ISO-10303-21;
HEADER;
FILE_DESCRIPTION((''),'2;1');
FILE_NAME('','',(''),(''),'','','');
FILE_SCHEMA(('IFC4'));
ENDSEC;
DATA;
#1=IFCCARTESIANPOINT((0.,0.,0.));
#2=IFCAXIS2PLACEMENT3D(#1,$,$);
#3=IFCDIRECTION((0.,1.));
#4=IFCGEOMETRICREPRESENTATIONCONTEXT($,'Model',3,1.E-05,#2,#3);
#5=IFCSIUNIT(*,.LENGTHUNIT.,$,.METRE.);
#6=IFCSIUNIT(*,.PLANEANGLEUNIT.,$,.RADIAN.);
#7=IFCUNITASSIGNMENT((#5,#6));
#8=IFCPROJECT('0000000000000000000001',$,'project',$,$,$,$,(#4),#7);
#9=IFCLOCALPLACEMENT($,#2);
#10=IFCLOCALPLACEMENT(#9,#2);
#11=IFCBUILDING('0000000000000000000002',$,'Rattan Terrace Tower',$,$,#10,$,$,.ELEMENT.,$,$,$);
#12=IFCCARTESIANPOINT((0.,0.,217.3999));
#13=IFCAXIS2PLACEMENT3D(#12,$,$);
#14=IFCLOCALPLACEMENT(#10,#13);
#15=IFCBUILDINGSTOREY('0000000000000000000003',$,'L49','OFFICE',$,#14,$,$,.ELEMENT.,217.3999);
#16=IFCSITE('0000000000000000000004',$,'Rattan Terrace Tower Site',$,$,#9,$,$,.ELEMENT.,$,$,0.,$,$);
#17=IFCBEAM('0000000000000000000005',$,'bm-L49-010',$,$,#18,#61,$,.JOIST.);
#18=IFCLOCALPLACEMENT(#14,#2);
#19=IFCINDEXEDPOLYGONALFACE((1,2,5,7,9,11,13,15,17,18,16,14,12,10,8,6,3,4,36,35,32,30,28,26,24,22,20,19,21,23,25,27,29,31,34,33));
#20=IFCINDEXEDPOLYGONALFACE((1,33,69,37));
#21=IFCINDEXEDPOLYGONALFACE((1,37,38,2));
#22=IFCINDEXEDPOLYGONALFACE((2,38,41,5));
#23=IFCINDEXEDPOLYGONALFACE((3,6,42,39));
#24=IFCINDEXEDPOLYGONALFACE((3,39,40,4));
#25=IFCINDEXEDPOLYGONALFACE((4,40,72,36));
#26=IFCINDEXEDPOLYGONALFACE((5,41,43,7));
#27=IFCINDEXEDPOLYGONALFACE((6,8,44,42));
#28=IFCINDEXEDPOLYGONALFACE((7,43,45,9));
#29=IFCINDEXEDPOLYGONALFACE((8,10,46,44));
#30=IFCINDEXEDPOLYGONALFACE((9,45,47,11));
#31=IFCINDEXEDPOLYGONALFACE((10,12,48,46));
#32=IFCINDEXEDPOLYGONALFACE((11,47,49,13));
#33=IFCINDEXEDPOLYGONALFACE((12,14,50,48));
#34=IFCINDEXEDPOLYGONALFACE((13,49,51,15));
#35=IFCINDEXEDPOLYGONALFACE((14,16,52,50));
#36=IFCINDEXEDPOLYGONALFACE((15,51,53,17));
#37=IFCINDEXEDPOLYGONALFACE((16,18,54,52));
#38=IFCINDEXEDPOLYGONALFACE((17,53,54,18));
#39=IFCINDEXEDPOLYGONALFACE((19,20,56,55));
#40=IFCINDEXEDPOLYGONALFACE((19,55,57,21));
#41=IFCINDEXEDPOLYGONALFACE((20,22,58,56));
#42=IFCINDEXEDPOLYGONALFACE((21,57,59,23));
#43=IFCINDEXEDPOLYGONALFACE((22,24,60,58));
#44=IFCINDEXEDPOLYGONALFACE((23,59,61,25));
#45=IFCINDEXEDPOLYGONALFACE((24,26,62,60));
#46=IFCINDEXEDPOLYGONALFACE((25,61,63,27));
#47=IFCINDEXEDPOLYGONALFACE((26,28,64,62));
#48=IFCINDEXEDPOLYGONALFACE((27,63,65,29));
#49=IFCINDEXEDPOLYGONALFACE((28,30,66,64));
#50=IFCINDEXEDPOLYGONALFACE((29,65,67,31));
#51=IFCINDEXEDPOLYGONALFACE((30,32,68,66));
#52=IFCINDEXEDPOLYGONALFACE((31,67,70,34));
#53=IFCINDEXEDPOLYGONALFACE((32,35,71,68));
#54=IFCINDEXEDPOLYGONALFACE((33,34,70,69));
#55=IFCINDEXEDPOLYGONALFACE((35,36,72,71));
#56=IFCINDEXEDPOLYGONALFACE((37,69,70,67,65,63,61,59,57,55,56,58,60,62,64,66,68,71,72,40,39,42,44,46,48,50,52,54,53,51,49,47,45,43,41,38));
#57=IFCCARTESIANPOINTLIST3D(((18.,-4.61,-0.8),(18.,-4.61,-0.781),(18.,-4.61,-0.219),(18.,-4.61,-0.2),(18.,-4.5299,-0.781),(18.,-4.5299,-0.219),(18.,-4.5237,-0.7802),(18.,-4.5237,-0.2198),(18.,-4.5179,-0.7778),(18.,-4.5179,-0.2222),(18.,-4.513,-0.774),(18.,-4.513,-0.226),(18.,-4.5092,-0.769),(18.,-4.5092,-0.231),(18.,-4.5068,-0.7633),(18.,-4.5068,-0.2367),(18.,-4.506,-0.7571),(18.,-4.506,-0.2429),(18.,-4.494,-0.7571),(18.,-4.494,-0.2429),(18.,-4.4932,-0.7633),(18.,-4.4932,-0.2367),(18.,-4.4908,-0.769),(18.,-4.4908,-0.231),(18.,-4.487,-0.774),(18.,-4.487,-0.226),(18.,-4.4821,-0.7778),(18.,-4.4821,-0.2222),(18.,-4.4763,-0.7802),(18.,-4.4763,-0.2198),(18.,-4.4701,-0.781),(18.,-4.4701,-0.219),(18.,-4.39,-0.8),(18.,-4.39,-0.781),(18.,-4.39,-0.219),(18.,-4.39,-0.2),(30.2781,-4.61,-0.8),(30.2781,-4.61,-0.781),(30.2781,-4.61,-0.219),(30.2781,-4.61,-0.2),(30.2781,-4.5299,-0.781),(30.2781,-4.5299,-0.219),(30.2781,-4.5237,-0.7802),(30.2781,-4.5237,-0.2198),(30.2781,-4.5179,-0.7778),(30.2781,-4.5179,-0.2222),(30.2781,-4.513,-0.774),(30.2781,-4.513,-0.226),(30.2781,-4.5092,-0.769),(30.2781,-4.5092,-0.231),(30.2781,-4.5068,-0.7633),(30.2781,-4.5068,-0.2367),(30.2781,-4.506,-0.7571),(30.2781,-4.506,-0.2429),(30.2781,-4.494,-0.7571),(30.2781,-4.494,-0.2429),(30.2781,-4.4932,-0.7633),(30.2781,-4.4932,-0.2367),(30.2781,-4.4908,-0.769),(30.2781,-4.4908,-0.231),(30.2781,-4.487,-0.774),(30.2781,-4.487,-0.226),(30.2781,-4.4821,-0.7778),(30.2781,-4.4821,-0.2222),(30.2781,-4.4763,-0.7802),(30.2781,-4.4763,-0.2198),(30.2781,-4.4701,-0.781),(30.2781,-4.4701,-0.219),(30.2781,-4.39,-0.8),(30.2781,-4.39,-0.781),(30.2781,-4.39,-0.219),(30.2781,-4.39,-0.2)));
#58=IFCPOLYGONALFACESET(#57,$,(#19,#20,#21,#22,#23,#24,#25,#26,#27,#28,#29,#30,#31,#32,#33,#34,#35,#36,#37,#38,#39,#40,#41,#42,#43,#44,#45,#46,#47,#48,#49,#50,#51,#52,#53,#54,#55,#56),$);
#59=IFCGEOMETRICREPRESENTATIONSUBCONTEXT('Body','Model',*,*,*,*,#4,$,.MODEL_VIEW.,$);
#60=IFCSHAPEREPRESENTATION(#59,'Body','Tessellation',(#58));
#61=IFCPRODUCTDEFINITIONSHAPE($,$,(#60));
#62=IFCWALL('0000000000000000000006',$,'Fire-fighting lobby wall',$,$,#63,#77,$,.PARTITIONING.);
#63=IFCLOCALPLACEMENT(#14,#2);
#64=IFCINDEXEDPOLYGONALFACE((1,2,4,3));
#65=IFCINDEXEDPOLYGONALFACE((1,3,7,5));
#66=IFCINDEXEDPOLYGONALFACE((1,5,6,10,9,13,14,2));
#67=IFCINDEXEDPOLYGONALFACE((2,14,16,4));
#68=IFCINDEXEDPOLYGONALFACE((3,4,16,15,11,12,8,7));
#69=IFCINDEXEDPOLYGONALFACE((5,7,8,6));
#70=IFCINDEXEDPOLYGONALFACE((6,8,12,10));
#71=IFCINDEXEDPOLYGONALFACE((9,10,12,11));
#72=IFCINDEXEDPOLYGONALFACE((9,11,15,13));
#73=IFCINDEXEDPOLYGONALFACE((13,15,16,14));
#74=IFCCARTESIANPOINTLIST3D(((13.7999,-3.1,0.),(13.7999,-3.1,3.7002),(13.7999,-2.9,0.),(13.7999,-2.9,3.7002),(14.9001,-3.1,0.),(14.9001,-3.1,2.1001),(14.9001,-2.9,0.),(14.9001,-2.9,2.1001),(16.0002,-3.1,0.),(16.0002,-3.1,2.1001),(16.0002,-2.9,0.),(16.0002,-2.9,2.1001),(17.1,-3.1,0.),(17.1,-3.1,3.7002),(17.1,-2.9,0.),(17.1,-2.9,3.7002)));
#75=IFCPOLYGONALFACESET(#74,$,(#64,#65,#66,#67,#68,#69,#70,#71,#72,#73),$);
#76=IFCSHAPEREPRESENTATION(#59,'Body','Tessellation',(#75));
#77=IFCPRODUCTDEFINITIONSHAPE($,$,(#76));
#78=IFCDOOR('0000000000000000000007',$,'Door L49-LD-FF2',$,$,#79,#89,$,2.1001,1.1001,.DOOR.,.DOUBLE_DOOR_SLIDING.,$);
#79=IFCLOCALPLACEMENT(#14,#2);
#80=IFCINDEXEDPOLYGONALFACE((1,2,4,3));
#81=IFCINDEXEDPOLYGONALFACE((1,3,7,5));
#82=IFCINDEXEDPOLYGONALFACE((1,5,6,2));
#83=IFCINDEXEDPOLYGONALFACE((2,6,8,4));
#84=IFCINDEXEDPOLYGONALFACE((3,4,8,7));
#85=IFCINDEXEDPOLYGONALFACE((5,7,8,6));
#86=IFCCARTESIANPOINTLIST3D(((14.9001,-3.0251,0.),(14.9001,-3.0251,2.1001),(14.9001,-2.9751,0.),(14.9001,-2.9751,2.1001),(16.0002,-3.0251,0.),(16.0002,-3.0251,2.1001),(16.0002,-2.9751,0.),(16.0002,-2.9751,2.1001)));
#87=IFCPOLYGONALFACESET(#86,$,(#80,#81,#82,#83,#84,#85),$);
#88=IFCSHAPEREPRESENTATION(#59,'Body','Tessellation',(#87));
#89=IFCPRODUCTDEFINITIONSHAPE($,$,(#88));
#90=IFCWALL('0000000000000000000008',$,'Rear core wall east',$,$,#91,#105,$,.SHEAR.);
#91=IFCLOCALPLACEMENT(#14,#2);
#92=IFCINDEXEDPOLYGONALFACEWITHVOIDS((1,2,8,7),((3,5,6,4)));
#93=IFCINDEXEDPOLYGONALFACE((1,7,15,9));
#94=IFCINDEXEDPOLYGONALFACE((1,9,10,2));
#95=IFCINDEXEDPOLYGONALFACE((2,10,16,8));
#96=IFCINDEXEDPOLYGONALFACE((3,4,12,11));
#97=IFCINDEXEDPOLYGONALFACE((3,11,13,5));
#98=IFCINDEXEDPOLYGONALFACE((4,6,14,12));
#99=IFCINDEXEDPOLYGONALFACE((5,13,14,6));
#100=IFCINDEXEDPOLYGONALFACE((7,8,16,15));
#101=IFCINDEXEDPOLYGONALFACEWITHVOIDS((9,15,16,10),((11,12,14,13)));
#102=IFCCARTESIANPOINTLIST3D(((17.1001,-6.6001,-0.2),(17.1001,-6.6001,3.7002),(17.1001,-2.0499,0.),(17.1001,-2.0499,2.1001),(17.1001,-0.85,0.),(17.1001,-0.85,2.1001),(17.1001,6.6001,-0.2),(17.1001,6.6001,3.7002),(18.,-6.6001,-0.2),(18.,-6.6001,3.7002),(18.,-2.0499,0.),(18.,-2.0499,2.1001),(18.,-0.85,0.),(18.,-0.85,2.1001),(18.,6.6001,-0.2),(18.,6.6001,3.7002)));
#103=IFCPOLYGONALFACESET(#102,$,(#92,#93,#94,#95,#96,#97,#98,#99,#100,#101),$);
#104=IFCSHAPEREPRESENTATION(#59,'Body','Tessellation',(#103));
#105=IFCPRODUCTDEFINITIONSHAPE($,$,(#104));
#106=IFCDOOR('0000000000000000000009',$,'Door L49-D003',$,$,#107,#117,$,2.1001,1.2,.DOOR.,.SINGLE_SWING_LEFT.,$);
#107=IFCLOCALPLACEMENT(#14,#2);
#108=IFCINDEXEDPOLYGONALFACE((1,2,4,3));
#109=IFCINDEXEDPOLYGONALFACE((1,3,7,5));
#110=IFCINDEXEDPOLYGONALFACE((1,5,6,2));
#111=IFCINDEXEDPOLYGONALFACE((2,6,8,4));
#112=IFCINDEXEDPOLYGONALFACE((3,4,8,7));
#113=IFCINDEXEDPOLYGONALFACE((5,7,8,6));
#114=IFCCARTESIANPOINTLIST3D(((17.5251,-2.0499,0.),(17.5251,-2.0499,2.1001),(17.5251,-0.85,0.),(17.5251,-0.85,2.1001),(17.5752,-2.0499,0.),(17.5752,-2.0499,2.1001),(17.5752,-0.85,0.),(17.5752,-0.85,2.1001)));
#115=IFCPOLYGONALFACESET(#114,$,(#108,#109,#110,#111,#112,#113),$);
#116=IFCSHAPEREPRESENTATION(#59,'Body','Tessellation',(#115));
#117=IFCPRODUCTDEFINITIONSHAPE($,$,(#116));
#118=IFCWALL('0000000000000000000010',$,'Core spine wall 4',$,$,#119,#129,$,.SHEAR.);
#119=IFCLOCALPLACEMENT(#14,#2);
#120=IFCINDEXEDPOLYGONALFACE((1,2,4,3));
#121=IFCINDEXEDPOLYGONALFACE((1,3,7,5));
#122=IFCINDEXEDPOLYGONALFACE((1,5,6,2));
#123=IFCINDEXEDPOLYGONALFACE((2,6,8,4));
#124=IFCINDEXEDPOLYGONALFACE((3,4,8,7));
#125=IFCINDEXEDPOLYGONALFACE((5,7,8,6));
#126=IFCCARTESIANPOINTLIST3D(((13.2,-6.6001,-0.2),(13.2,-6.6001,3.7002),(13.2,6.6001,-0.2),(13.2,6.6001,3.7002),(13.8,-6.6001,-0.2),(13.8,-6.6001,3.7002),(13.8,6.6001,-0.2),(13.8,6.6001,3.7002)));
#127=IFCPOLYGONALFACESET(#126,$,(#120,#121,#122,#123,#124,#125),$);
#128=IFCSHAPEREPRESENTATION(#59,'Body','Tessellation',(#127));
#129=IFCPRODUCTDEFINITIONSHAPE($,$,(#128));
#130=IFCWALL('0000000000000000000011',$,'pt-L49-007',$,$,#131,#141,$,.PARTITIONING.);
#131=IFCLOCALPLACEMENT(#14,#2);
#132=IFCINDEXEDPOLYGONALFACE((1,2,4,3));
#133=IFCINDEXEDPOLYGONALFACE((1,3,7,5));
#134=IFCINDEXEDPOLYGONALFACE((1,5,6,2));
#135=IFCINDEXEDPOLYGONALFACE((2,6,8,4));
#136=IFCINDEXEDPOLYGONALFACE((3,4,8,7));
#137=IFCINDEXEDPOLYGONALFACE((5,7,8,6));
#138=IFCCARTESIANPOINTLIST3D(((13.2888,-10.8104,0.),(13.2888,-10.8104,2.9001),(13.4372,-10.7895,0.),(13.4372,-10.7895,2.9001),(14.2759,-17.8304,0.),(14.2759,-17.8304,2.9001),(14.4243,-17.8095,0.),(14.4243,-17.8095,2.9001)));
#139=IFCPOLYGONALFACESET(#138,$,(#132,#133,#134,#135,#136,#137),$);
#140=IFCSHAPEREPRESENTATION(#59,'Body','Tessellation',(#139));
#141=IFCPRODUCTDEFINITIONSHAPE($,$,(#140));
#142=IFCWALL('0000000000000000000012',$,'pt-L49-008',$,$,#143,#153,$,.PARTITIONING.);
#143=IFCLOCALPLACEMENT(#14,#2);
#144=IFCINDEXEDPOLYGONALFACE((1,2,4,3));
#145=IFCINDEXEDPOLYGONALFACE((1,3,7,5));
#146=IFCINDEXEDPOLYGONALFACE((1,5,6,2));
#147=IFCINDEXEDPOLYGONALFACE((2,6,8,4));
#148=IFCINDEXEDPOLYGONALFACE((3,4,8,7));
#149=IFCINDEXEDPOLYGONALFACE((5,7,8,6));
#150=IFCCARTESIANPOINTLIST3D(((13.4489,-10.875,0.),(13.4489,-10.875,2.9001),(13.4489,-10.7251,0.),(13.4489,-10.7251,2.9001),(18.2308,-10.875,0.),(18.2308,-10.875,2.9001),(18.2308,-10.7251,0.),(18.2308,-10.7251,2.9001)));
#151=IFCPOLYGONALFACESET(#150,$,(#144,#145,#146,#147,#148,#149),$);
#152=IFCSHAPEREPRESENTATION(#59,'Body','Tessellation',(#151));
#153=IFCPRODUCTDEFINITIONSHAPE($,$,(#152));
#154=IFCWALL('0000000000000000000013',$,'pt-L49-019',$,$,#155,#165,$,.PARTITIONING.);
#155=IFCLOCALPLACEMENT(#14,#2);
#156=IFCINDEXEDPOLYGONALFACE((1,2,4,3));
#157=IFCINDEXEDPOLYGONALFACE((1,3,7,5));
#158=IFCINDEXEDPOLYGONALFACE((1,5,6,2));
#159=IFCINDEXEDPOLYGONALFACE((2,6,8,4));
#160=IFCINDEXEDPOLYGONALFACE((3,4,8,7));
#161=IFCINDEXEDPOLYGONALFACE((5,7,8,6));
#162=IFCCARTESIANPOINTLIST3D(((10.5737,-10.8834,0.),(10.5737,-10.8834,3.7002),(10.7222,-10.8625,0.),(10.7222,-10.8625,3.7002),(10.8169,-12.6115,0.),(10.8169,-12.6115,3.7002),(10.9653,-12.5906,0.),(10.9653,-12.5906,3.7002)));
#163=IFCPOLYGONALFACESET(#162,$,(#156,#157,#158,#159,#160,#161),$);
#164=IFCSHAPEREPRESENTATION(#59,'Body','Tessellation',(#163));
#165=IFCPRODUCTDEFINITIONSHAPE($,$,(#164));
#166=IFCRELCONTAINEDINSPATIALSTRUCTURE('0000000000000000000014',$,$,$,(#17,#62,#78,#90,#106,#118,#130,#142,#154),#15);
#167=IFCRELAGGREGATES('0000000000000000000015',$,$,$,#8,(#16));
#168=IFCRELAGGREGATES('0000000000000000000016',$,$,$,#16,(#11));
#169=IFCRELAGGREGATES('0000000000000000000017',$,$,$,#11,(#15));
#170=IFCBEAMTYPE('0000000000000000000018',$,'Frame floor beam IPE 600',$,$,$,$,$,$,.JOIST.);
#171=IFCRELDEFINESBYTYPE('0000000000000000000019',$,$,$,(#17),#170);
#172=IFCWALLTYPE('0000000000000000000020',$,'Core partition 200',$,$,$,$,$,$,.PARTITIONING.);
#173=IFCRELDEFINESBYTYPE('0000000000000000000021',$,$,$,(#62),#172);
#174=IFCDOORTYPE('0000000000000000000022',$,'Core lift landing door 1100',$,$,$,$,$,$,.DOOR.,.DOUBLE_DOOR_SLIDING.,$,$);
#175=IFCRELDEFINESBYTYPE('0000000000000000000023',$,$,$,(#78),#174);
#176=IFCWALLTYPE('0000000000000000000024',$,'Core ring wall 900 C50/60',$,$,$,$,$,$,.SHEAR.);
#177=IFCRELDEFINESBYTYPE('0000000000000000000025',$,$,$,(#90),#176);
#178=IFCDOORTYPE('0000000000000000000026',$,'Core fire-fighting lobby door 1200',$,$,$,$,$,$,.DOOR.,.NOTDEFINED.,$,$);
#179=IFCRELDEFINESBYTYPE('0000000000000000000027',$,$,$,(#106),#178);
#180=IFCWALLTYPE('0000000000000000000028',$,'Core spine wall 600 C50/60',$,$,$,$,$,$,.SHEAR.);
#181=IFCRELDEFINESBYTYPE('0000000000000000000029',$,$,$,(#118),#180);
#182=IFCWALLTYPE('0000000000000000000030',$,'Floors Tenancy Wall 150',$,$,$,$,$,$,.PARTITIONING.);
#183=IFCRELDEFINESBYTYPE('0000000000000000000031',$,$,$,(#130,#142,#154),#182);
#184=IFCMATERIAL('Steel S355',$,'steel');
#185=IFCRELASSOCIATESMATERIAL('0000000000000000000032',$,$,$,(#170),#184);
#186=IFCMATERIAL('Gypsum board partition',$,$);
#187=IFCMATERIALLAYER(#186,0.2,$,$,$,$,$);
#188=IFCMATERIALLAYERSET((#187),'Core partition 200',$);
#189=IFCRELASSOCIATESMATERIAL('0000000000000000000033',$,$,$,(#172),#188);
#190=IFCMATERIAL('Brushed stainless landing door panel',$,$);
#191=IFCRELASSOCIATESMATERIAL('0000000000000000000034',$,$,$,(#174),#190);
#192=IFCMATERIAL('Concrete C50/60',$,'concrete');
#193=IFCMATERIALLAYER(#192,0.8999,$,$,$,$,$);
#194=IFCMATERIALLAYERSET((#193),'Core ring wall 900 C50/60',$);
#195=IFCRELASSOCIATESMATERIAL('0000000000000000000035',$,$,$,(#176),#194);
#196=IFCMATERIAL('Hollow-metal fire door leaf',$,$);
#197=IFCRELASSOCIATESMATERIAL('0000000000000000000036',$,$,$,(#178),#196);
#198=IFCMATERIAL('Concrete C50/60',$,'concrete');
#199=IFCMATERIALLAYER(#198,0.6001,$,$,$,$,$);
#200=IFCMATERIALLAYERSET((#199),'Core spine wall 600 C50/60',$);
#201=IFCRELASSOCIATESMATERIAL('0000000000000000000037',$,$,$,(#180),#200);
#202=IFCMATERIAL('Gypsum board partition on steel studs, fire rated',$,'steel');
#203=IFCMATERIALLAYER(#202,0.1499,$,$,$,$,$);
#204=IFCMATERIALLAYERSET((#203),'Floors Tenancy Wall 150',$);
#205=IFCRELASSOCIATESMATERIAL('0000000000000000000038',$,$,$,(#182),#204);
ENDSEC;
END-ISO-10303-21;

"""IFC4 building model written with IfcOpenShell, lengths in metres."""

from ifc_helpers import new_model, si_unit, direction, frame, frame_2d, origin, origin_2d, place, context, subcontext, project, spatial, rectangle, i_section, extrude, material, layer, layer_set, material_profile, profile_set, type_object, element, fill, save


model = new_model("IFC4")

# Units and contexts
model_context = context("Model", 3, precision=1e-05, world=origin(), true_north=direction((0.0, 1.0)))
body_context = subcontext(model_context, "Body", "Model", "MODEL_VIEW")
ifc_project = project(units=[si_unit("LENGTHUNIT", "METRE"), si_unit("PLANEANGLEUNIT", "RADIAN")], contexts=[model_context])

# Site, building, storey
site_placement = place(None, origin())
site = spatial("IfcSite", under=ifc_project, at=site_placement, Name="Rattan Terrace Tower Site", CompositionType="ELEMENT", RefElevation=0.0)
building_placement = place(site_placement, origin())
building = spatial("IfcBuilding", under=site, at=building_placement, Name="Rattan Terrace Tower", CompositionType="ELEMENT")
storey_placement = place(building_placement, frame((0.0, 0.0, 217.3999)))
storey = spatial("IfcBuildingStorey", under=building, at=storey_placement, Name="L49", Description="OFFICE", CompositionType="ELEMENT", Elevation=217.3999)

# Beam
ifc_material_1 = material(Name="Steel S355", Category="steel")
ifc_material_profile = material_profile(ifc_material_1, i_section(OverallWidth=0.22, OverallDepth=0.6001, WebThickness=0.012, FlangeThickness=0.019, FilletRadius=0.0239, at=origin_2d()), Name="IPE 600")
ifc_profile_set = profile_set([ifc_material_profile], Name="Steel S355")
beam_type = type_object("IfcBeamType", Name="Frame floor beam IPE 600", PredefinedType="JOIST", material=ifc_profile_set)
beam_placement = place(storey_placement, frame((18.0, -4.5, -0.5), z_axis=(1.0, 0.0, 0.0), x_axis=(0.0, 1.0, 0.0)))
element("IfcBeam", 1, at=beam_placement, inside=storey, type_object=beam_type, Name="bm-L49-010", PredefinedType="JOIST", context=body_context, shape_type="SweptSolid", body=[
    extrude(i_section(OverallWidth=0.22, OverallDepth=0.6001, WebThickness=0.012, FlangeThickness=0.019, FilletRadius=0.0239, at=origin_2d()), origin(), (0.0, 0.0, 1.0), 12.2781),
])

# Walls, openings, doors
ifc_material_2 = material(Name="Gypsum board partition")
ifc_layer_1 = layer(ifc_material_2, 0.2)
ifc_layer_set_1 = layer_set([ifc_layer_1], Name="Core partition 200")
wall_type_1 = type_object("IfcWallType", Name="Core partition 200", PredefinedType="PARTITIONING", material=ifc_layer_set_1)
wall_1_placement = place(storey_placement, frame((13.8, -3.0, 0.0), z_axis=(0.0, 0.0, 1.0), x_axis=(1.0, 0.0, 0.0)))
wall_1 = element("IfcWall", 2, at=wall_1_placement, inside=storey, type_object=wall_type_1, Name="Fire-fighting lobby wall", PredefinedType="PARTITIONING", context=body_context, shape_type="SweptSolid", body=[
    extrude(rectangle(XDim=3.3, YDim=0.2, at=frame_2d((1.6499, 0.0))), origin(), (0.0, 0.0, 1.0), 3.7002),
])
opening_1_placement = place(wall_1_placement, frame((1.1001, 0.0, 0.0)))
opening_1 = element("IfcOpeningElement", 3, at=opening_1_placement, cuts=wall_1, PredefinedType="OPENING", context=body_context, shape_type="SweptSolid", body=[
    extrude(rectangle(XDim=1.1001, YDim=2.1001, at=frame_2d((0.55, 1.05))), frame((0.0, 0.1106, 0.0), z_axis=(0.0, -1.0, 0.0), x_axis=(1.0, 0.0, 0.0)), (0.0, 0.0, 1.0), 0.2209),
])
ifc_material_3 = material(Name="Brushed stainless landing door panel")
door_type_1 = type_object("IfcDoorType", Name="Core lift landing door 1100", OperationType="DOUBLE_DOOR_SLIDING", PredefinedType="DOOR", material=ifc_material_3)
door_1_placement = place(opening_1_placement, origin())
door_1 = element("IfcDoor", 4, at=door_1_placement, inside=storey, type_object=door_type_1, Name="Door L49-LD-FF2", OperationType="DOUBLE_DOOR_SLIDING", OverallHeight=2.1001, OverallWidth=1.1001, PredefinedType="DOOR", context=body_context, shape_type="SweptSolid", body=[
    extrude(rectangle(XDim=1.1001, YDim=2.1001, at=frame_2d((0.55, 1.05))), frame((0.0, 0.0249, 0.0), z_axis=(0.0, -1.0, 0.0), x_axis=(1.0, 0.0, 0.0)), (0.0, 0.0, 1.0), 0.05),
])
fill(opening_1, door_1)
ifc_material_4 = material(Name="Concrete C50/60", Category="concrete")
ifc_layer_2 = layer(ifc_material_4, 0.8999)
ifc_layer_set_2 = layer_set([ifc_layer_2], Name="Core ring wall 900 C50/60")
wall_type_2 = type_object("IfcWallType", Name="Core ring wall 900 C50/60", PredefinedType="SHEAR", material=ifc_layer_set_2)
wall_2_placement = place(storey_placement, frame((17.55, -6.6001, -0.2), z_axis=(0.0, 0.0, 1.0), x_axis=(0.0, 1.0, 0.0)))
wall_2 = element("IfcWall", 5, at=wall_2_placement, inside=storey, type_object=wall_type_2, Name="Rear core wall east", PredefinedType="SHEAR", context=body_context, shape_type="SweptSolid", body=[
    extrude(rectangle(XDim=13.2002, YDim=0.8999, at=frame_2d((6.6001, 0.0))), origin(), (0.0, 0.0, 1.0), 3.9001),
])
opening_2_placement = place(wall_2_placement, frame((4.55, 0.0, 0.2)))
opening_2 = element("IfcOpeningElement", 6, at=opening_2_placement, cuts=wall_2, PredefinedType="OPENING", context=body_context, shape_type="SweptSolid", body=[
    extrude(rectangle(XDim=1.2, YDim=2.1001, at=frame_2d((0.6001, 1.05))), frame((0.0, 0.4604, 0.0), z_axis=(0.0, -1.0, 0.0), x_axis=(1.0, 0.0, 0.0)), (0.0, 0.0, 1.0), 0.9209),
])
ifc_material_5 = material(Name="Hollow-metal fire door leaf")
door_type_2 = type_object("IfcDoorType", Name="Core fire-fighting lobby door 1200", OperationType="NOTDEFINED", PredefinedType="DOOR", material=ifc_material_5)
door_2_placement = place(opening_2_placement, origin())
door_2 = element("IfcDoor", 7, at=door_2_placement, inside=storey, type_object=door_type_2, Name="Door L49-D003", OperationType="SINGLE_SWING_LEFT", OverallHeight=2.1001, OverallWidth=1.2, PredefinedType="DOOR", context=body_context, shape_type="SweptSolid", body=[
    extrude(rectangle(XDim=1.2, YDim=2.1001, at=frame_2d((0.6001, 1.05))), frame((0.0, 0.0249, 0.0), z_axis=(0.0, -1.0, 0.0), x_axis=(1.0, 0.0, 0.0)), (0.0, 0.0, 1.0), 0.05),
])
fill(opening_2, door_2)

# Walls
ifc_material_6 = material(Name="Concrete C50/60", Category="concrete")
ifc_layer_3 = layer(ifc_material_6, 0.6001)
ifc_layer_set_3 = layer_set([ifc_layer_3], Name="Core spine wall 600 C50/60")
wall_type_3 = type_object("IfcWallType", Name="Core spine wall 600 C50/60", PredefinedType="SHEAR", material=ifc_layer_set_3)
wall_3_placement = place(storey_placement, frame((13.5, -6.6001, -0.2), z_axis=(0.0, 0.0, 1.0), x_axis=(0.0, 1.0, 0.0)))
element("IfcWall", 8, at=wall_3_placement, inside=storey, type_object=wall_type_3, Name="Core spine wall 4", PredefinedType="SHEAR", context=body_context, shape_type="SweptSolid", body=[
    extrude(rectangle(XDim=13.2002, YDim=0.6001, at=frame_2d((6.6001, 0.0))), origin(), (0.0, 0.0, 1.0), 3.9001),
])
ifc_material_7 = material(Name="Gypsum board partition on steel studs, fire rated", Category="steel")
ifc_layer_4 = layer(ifc_material_7, 0.1499)
ifc_layer_set_4 = layer_set([ifc_layer_4], Name="Floors Tenancy Wall 150")
wall_type_4 = type_object("IfcWallType", Name="Floors Tenancy Wall 150", PredefinedType="PARTITIONING", material=ifc_layer_set_4)
wall_4_placement = place(storey_placement, frame((13.363, -10.8, 0.0), z_axis=(0.0, 0.0, 1.0), x_axis=(0.139237, -0.990259, 0.0)))
element("IfcWall", 9, at=wall_4_placement, inside=storey, type_object=wall_type_4, Name="pt-L49-007", PredefinedType="PARTITIONING", context=body_context, shape_type="SweptSolid", body=[
    extrude(rectangle(XDim=7.0891, YDim=0.1499, at=frame_2d((3.5444, 0.0))), origin(), (0.0, 0.0, 1.0), 2.9001),
])
wall_5_placement = place(storey_placement, frame((18.231, -10.8, 0.0), z_axis=(0.0, 0.0, 1.0), x_axis=(-1.0, 0.0, 0.0)))
element("IfcWall", 10, at=wall_5_placement, inside=storey, type_object=wall_type_4, Name="pt-L49-008", PredefinedType="PARTITIONING", context=body_context, shape_type="SweptSolid", body=[
    extrude(rectangle(XDim=4.782, YDim=0.1499, at=frame_2d((2.3911, 0.0))), origin(), (0.0, 0.0, 1.0), 2.9001),
])
wall_6_placement = place(storey_placement, frame((10.8911, -12.6011, 0.0), z_axis=(0.0, 0.0, 1.0), x_axis=(-0.139345, 0.990244, 0.0)))
element("IfcWall", 11, at=wall_6_placement, inside=storey, type_object=wall_type_4, Name="pt-L49-019", PredefinedType="PARTITIONING", context=body_context, shape_type="SweptSolid", body=[
    extrude(rectangle(XDim=1.7451, YDim=0.1499, at=frame_2d((0.8726, 0.0))), origin(), (0.0, 0.0, 1.0), 3.7002),
])

save(model, "model.ifc")
